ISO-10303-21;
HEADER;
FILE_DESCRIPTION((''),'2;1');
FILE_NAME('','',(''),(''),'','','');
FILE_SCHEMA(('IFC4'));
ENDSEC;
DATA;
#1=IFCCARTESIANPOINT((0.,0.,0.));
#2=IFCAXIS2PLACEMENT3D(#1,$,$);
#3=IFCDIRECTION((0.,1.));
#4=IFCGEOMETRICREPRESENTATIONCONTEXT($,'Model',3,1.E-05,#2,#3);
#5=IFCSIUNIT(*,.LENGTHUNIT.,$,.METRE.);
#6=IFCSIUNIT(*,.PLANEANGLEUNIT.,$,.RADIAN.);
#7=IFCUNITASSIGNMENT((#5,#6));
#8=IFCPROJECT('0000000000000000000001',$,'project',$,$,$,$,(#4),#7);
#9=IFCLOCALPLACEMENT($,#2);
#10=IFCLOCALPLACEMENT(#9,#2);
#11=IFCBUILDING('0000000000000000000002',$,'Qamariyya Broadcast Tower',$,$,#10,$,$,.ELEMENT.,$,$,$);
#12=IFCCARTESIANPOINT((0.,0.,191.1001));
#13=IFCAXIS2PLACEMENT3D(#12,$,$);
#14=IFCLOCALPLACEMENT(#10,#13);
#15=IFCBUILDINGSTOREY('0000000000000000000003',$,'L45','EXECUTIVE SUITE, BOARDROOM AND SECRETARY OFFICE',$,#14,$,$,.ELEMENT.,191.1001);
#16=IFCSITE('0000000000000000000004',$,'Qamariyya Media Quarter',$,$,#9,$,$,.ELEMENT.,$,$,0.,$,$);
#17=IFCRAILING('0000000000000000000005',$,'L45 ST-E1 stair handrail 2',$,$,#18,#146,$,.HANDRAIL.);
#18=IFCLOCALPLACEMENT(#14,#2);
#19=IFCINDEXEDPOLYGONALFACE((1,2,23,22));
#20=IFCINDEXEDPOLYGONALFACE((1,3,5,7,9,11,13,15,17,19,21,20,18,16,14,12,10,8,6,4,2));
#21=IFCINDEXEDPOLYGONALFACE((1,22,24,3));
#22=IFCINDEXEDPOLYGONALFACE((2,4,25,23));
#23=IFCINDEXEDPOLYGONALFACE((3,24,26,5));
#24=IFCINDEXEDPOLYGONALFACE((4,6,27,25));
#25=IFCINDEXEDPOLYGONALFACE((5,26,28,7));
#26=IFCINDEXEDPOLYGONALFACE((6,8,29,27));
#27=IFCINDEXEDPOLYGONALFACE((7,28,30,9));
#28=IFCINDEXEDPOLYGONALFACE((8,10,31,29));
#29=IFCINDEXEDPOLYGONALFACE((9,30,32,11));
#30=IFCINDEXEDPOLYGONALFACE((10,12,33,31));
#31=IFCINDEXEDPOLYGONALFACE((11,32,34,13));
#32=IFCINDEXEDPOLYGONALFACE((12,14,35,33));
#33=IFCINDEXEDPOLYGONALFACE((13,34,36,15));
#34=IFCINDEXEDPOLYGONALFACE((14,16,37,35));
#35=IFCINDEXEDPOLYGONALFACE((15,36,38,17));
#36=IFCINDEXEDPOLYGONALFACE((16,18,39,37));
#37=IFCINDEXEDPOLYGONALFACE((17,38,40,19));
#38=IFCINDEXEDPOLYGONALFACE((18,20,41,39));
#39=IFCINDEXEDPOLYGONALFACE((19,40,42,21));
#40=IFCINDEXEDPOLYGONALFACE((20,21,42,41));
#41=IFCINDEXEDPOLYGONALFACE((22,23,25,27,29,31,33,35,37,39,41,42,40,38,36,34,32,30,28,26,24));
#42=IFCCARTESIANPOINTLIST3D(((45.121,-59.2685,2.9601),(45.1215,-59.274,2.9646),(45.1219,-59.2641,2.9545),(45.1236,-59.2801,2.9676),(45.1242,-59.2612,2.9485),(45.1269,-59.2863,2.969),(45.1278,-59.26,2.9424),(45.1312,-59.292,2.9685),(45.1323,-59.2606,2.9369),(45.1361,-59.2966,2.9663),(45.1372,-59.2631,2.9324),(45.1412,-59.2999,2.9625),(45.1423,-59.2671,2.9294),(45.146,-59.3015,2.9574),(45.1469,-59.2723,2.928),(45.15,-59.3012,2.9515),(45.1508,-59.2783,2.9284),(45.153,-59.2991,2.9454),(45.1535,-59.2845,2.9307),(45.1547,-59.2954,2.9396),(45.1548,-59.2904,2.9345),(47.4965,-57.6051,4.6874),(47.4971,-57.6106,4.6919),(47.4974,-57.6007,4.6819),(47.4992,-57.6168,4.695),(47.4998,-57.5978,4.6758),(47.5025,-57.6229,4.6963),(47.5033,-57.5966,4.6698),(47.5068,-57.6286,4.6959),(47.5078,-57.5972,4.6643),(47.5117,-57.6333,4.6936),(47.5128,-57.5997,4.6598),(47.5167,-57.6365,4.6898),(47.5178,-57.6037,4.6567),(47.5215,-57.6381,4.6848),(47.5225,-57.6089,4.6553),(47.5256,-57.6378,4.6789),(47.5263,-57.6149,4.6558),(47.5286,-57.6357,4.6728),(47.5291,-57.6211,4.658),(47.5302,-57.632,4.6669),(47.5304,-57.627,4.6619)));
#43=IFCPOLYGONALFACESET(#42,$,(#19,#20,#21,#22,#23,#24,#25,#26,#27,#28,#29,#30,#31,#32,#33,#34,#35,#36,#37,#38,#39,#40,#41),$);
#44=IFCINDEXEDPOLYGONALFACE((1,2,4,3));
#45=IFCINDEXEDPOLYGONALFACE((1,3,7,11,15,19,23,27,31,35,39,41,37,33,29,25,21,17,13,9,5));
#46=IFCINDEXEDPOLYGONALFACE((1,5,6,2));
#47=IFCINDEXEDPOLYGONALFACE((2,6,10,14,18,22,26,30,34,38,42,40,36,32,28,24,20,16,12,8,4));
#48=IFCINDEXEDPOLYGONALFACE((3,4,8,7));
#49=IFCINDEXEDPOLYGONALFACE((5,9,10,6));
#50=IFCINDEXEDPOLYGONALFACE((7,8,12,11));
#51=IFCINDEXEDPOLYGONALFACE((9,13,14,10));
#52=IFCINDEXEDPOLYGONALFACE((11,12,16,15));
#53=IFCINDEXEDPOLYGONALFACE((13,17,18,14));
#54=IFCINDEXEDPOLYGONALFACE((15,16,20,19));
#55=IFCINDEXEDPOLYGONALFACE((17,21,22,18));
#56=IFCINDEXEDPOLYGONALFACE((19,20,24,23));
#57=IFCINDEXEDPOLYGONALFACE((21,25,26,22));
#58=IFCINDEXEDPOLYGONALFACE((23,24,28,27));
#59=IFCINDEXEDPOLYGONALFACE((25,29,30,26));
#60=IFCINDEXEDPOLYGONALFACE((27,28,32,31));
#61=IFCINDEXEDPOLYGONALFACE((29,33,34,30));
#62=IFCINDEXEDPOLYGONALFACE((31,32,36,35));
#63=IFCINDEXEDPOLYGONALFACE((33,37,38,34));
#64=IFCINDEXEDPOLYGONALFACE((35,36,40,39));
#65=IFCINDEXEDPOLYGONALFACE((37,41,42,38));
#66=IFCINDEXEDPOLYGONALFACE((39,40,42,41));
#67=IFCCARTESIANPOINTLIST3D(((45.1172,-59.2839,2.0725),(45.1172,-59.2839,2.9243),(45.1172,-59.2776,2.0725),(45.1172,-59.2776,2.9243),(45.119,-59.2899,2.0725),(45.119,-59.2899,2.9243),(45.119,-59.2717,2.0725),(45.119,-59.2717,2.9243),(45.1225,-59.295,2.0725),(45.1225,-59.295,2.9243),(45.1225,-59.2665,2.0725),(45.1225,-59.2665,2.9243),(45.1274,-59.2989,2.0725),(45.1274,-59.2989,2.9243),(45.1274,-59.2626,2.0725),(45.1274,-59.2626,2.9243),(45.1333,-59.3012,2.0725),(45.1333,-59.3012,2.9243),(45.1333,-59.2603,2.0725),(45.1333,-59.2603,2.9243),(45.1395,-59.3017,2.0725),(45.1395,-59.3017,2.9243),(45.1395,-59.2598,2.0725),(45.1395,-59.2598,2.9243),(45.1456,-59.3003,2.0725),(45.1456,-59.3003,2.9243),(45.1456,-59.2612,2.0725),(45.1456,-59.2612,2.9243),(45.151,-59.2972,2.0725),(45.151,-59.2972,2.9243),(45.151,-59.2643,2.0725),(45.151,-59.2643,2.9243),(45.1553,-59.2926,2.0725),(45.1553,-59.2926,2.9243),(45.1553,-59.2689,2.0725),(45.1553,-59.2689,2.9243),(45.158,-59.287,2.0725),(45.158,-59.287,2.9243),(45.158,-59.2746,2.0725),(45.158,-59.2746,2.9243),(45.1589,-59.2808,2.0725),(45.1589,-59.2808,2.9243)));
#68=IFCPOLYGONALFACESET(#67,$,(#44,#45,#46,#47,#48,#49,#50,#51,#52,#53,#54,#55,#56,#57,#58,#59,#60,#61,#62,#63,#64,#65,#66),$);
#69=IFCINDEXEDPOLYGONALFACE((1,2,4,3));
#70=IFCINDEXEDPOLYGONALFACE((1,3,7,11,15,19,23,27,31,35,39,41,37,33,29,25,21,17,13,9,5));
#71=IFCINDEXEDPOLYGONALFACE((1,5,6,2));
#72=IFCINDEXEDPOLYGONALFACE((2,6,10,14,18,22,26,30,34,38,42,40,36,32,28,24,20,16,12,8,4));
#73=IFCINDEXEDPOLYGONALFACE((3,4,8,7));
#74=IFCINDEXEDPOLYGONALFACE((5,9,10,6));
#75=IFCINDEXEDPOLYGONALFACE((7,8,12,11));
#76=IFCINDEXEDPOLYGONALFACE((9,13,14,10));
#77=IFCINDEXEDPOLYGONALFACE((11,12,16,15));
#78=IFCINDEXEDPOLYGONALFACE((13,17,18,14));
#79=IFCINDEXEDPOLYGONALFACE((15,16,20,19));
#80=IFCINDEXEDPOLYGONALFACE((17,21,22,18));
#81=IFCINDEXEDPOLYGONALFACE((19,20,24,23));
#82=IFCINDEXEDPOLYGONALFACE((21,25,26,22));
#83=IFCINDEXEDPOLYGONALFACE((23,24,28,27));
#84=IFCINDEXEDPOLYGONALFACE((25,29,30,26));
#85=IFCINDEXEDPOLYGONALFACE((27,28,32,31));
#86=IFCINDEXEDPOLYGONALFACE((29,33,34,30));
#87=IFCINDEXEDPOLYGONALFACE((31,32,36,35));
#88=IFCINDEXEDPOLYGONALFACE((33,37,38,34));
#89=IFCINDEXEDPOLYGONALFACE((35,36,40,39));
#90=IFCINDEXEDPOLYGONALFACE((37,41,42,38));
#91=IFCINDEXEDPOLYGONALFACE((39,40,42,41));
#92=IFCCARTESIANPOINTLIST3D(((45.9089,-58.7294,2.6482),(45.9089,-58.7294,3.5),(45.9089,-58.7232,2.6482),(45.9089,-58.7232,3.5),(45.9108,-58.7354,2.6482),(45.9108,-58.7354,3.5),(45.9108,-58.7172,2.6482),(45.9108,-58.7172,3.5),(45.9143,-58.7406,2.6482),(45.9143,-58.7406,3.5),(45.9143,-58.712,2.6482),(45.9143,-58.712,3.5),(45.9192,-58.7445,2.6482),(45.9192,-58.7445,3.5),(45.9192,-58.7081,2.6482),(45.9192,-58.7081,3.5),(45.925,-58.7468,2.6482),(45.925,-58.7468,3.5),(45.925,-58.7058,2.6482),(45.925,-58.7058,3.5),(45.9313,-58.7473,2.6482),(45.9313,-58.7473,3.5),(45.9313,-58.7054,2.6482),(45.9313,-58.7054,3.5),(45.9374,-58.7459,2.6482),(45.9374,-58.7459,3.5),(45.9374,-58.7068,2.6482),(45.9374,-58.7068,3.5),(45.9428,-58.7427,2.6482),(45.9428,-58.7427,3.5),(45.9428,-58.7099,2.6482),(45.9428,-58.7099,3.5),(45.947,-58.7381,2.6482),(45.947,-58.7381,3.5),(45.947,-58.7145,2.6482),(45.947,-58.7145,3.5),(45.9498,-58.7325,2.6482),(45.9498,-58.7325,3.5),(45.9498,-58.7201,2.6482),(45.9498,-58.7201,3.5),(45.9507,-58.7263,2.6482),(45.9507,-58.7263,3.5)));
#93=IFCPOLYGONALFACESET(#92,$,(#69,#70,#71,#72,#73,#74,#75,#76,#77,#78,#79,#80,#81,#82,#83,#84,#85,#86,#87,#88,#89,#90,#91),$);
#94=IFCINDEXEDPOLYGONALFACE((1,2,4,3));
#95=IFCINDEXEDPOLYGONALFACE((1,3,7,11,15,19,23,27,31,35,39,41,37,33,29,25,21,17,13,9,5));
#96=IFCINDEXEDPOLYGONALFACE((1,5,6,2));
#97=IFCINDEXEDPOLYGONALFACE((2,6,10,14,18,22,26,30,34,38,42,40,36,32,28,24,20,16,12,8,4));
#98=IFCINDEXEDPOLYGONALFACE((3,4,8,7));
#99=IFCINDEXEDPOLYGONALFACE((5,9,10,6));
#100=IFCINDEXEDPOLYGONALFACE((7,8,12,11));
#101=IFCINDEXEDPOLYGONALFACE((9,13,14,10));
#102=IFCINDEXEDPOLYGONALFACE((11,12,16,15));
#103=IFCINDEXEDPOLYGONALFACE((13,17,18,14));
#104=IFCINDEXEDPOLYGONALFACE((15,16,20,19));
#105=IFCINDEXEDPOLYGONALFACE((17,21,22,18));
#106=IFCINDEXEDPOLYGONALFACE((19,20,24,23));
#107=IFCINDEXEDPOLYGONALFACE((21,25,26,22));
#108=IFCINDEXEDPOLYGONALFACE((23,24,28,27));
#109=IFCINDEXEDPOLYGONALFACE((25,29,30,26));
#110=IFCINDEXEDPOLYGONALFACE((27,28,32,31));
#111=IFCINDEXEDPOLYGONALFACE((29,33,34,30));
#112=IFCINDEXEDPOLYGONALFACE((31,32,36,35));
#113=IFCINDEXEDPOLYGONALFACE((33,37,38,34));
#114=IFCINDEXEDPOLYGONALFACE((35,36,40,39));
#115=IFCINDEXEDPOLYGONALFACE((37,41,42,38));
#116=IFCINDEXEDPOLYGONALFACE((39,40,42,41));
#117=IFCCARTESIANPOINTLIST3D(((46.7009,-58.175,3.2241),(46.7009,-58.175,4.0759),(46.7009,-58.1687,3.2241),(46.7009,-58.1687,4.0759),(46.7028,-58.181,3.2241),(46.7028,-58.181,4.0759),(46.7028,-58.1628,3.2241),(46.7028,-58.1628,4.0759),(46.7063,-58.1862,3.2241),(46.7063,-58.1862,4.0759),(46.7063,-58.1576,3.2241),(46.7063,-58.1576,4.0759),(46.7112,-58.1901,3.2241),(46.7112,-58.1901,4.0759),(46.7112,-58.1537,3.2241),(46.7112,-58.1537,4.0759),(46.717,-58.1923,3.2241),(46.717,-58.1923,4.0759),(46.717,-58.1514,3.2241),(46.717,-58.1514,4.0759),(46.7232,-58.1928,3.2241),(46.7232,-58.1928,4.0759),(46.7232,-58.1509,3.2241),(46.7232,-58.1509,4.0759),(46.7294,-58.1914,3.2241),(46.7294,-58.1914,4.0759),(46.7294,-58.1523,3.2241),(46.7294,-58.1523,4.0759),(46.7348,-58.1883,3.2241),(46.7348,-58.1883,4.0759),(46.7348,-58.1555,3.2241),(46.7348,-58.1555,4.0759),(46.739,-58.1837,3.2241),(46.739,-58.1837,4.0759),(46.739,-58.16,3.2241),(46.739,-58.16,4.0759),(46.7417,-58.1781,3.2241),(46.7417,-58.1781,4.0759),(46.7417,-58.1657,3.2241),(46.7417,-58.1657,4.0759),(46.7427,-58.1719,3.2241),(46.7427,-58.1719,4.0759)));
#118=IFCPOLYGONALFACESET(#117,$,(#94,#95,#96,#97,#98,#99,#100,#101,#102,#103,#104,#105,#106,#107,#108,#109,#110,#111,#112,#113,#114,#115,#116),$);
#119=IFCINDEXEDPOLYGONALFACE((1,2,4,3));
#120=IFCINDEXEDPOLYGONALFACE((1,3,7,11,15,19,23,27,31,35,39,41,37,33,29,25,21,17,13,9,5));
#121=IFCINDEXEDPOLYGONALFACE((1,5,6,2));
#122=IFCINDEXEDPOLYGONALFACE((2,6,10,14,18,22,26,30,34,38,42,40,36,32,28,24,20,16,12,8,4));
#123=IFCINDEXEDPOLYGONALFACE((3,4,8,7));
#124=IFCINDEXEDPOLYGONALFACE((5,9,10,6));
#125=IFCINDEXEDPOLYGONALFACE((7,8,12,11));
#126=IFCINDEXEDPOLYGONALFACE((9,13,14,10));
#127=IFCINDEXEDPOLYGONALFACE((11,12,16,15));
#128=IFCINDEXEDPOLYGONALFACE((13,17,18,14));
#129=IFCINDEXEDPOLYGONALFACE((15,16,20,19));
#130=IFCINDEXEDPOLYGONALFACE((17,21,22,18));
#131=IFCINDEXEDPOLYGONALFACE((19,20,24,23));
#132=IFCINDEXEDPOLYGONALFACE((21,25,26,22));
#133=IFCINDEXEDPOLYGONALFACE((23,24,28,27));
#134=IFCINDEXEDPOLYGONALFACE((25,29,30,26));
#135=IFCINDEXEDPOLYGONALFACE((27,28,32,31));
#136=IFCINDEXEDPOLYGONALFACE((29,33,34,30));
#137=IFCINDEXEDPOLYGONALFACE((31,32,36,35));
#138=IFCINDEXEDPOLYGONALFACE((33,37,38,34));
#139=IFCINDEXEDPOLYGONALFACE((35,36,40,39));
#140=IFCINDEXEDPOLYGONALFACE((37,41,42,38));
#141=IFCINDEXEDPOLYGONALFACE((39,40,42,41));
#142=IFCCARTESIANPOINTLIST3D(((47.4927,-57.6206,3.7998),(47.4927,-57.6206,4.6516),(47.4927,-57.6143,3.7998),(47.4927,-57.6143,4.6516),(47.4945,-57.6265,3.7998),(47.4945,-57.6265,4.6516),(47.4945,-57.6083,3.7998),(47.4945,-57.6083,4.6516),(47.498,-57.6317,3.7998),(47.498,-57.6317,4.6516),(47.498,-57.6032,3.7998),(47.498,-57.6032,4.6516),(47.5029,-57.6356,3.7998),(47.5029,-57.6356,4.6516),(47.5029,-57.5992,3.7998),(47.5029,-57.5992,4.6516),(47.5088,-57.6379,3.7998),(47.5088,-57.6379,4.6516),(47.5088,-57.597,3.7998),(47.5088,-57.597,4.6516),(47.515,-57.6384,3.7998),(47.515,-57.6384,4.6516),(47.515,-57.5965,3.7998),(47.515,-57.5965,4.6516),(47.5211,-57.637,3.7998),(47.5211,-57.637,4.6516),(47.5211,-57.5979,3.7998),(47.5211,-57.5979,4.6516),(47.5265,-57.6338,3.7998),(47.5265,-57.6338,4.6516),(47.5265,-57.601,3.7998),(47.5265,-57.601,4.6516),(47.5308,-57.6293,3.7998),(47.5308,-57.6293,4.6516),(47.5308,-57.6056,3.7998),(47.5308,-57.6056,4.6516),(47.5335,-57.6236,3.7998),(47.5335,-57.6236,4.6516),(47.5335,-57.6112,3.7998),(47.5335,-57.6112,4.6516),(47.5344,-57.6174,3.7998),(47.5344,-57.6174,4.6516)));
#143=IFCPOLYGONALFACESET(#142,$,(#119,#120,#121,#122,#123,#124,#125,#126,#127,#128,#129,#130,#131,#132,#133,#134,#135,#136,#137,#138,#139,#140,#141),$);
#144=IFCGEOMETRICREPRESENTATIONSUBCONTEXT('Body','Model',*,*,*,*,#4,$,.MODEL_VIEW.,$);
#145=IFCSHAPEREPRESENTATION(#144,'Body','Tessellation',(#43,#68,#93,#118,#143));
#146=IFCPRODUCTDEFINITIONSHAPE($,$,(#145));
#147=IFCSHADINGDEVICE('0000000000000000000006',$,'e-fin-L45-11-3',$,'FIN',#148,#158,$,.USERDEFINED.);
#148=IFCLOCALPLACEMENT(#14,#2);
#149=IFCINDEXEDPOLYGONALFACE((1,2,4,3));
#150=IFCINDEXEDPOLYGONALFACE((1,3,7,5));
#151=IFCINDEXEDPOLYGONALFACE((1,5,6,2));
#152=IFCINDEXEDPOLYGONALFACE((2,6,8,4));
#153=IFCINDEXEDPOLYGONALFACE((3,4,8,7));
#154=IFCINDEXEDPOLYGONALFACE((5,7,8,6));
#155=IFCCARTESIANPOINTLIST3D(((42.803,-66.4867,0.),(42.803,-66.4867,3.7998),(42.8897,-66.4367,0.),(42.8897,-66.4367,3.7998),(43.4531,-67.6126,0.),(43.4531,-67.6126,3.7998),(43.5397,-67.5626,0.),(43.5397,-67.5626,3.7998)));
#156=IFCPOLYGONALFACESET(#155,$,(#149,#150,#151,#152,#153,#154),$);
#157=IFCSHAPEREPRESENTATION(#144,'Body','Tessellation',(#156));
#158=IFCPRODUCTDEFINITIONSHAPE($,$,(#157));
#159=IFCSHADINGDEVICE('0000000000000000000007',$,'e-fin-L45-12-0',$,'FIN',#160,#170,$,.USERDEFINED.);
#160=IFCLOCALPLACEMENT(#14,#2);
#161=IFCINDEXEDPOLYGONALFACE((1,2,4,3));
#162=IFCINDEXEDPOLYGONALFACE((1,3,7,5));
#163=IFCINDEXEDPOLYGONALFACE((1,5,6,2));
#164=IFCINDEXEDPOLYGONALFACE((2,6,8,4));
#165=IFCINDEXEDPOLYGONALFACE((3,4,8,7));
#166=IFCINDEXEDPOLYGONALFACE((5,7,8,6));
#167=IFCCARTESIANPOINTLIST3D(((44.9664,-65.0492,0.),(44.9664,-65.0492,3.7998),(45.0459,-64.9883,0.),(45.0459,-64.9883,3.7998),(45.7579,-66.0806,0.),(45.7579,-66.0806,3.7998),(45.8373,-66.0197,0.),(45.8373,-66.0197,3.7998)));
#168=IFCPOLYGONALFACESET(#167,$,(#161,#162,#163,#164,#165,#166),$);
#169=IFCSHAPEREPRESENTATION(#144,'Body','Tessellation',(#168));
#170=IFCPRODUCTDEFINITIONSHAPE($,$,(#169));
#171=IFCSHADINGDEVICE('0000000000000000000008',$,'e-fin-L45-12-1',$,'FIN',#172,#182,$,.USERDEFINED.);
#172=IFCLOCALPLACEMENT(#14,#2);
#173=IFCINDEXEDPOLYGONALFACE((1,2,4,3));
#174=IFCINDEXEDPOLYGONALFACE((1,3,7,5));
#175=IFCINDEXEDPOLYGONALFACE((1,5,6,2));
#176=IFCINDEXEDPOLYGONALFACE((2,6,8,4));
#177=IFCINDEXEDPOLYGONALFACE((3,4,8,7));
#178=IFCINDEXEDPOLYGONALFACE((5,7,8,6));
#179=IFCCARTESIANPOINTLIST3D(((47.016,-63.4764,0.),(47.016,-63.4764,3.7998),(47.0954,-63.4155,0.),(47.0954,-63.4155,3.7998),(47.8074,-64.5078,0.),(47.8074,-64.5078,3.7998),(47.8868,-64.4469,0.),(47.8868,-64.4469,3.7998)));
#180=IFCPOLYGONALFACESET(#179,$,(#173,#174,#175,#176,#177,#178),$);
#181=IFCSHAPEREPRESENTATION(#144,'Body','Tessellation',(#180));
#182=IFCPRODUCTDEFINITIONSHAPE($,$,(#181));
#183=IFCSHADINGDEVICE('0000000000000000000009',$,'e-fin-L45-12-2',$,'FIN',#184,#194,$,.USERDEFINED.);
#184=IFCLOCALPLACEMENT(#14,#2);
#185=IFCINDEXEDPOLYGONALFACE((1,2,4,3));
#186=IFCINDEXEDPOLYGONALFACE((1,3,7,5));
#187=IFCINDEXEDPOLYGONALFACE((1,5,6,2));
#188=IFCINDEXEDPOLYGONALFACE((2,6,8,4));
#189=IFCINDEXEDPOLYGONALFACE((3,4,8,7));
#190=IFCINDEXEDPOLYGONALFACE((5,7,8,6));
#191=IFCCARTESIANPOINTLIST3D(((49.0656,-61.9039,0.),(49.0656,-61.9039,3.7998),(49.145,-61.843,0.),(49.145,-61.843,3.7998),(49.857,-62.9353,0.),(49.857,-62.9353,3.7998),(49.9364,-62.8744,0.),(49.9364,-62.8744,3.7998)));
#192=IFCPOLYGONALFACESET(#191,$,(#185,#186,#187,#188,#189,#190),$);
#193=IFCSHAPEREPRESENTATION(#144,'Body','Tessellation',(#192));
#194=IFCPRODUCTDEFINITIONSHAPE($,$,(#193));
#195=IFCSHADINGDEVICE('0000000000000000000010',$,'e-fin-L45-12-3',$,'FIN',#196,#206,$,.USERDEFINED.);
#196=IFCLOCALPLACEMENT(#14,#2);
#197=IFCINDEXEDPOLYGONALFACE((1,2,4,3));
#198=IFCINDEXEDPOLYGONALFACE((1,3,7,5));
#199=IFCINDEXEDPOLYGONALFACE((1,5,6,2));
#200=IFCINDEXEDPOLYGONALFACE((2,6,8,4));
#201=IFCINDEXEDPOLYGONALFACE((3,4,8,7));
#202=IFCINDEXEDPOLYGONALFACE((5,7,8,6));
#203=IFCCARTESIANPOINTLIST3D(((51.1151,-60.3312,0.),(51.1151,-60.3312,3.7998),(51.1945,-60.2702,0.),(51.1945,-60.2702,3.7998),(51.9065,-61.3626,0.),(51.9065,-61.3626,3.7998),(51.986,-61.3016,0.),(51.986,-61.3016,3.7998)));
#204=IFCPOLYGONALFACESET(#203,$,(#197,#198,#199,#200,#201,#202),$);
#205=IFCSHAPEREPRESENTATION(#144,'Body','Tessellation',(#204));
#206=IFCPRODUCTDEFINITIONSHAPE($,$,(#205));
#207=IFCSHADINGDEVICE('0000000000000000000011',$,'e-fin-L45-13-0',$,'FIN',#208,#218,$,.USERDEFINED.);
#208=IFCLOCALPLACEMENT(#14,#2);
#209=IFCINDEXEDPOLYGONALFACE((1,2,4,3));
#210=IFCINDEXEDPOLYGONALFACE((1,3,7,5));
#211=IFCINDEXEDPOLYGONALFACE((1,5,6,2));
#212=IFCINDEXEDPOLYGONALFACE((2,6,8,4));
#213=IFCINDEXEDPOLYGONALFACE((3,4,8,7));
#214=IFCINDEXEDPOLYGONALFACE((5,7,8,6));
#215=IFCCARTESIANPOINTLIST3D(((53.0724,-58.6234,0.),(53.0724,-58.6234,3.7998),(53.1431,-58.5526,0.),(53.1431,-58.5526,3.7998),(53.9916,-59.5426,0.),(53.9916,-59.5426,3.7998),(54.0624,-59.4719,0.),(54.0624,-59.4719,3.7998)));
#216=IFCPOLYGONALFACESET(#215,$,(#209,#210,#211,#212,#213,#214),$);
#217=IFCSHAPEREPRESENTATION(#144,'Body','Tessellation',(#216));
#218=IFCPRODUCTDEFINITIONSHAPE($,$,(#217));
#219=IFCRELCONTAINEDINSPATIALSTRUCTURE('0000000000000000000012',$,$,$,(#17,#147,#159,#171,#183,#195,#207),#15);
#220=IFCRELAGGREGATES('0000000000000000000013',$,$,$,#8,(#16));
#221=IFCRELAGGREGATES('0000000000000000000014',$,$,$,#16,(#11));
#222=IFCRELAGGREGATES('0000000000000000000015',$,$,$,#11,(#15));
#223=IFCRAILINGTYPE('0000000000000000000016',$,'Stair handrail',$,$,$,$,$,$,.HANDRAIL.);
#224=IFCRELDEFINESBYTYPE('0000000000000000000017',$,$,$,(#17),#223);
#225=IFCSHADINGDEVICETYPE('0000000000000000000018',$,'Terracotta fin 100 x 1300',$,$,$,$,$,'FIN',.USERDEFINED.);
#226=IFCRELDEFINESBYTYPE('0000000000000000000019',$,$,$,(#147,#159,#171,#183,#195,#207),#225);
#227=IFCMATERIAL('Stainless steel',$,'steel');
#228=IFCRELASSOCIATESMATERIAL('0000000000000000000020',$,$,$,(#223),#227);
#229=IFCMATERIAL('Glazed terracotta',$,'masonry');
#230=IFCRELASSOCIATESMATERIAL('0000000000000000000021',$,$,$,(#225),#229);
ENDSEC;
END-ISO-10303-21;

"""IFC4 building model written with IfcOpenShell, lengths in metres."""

from ifc_helpers import new_model, si_unit, direction, frame, origin, origin_2d, place, context, subcontext, project, spatial, rectangle, circle, extrude, material, material_profile, profile_set, type_object, element, save


model = new_model("IFC4")

# Units and contexts
model_context = context("Model", 3, precision=1e-05, world=origin(), true_north=direction((0.0, 1.0)))
body_context = subcontext(model_context, "Body", "Model", "MODEL_VIEW")
ifc_project = project(units=[si_unit("LENGTHUNIT", "METRE"), si_unit("PLANEANGLEUNIT", "RADIAN")], contexts=[model_context])

# Site, building, storey
site_placement = place(None, origin())
site = spatial("IfcSite", under=ifc_project, at=site_placement, Name="Qamariyya Media Quarter", CompositionType="ELEMENT", RefElevation=0.0)
building_placement = place(site_placement, origin())
building = spatial("IfcBuilding", under=site, at=building_placement, Name="Qamariyya Broadcast Tower", CompositionType="ELEMENT")
storey_placement = place(building_placement, frame((0.0, 0.0, 191.1001)))
storey = spatial("IfcBuildingStorey", under=building, at=storey_placement, Name="L45", Description="EXECUTIVE SUITE, BOARDROOM AND SECRETARY OFFICE", CompositionType="ELEMENT", Elevation=191.1001)

# Railing
ifc_material_1 = material(Name="Stainless steel", Category="steel")
railing_type_1 = type_object("IfcRailingType", Name="Stair handrail", PredefinedType="HANDRAIL", material=ifc_material_1)
railing_1_placement = place(storey_placement, frame((45.1379, -59.2808, 2.0725)))
element("IfcRailing", 1, at=railing_1_placement, inside=storey, type_object=railing_type_1, Name="L45 ST-E1 stair handrail 2", PredefinedType="HANDRAIL", context=body_context, shape_type="SweptSolid", body=[
    extrude(circle(Radius=0.0239, at=origin_2d()), frame((0.0, 0.0, 0.876), z_axis=(0.70377, 0.492784, 0.511734), x_axis=(-0.573575, 0.819153, 0.0)), (0.0, 0.0, 1.0), 3.3755),
    extrude(circle(Radius=0.021, at=origin_2d()), origin(), (0.0, 0.0, 1.0), 0.8518),
    extrude(circle(Radius=0.021, at=origin_2d()), frame((0.7917, 0.5544, 0.5757)), (0.0, 0.0, 1.0), 0.8518),
    extrude(circle(Radius=0.021, at=origin_2d()), frame((1.5837, 1.1089, 1.1516)), (0.0, 0.0, 1.0), 0.8518),
    extrude(circle(Radius=0.021, at=origin_2d()), frame((2.3755, 1.6633, 1.7273)), (0.0, 0.0, 1.0), 0.8518),
])

# Shading devices
ifc_material_2 = material(Name="Glazed terracotta", Category="masonry")
ifc_material_profile_1 = material_profile(ifc_material_2, rectangle(XDim=1.3, YDim=0.1001, at=origin_2d()))
ifc_profile_set_1 = profile_set([ifc_material_profile_1], Name="Glazed terracotta")
shading_device_type_1 = type_object("IfcShadingDeviceType", Name="Terracotta fin 100 x 1300", ElementType="FIN", PredefinedType="USERDEFINED", material=ifc_profile_set_1)
for number, where, z_axis, x_axis, name in (
    (2, (43.1714, -67.0247, 0.0), (0.0, 0.0, 1.0), (0.5, -0.866025, 0.0), "e-fin-L45-11-3"),
    (3, (45.4019, -65.5344, 0.0), (0.0, 0.0, 1.0), (0.608761, -0.793353, 0.0), "e-fin-L45-12-0"),
    (4, (47.4514, -63.9617, 0.0), (0.0, 0.0, 1.0), (0.608761, -0.793353, 0.0), "e-fin-L45-12-1"),
    (5, (49.501, -62.3892, 0.0), (0.0, 0.0, 1.0), (0.608761, -0.793353, 0.0), "e-fin-L45-12-2"),
    (6, (51.5505, -60.8164, 0.0), (0.0, 0.0, 1.0), (0.608761, -0.793353, 0.0), "e-fin-L45-12-3"),
    (7, (53.5674, -59.0476, 0.0), (0.0, 0.0, 1.0), (0.707107, -0.707107, 0.0), "e-fin-L45-13-0"),
):
    element("IfcShadingDevice", number, at=place(storey_placement, frame(where, z_axis=z_axis, x_axis=x_axis)), inside=storey, type_object=shading_device_type_1, Name=name, ObjectType="FIN", PredefinedType="USERDEFINED", context=body_context, shape_type="SweptSolid", body=[
        extrude(rectangle(XDim=1.3, YDim=0.1001, at=origin_2d()), origin(), (0.0, 0.0, 1.0), 3.7998),
    ])

save(model, "model.ifc")
